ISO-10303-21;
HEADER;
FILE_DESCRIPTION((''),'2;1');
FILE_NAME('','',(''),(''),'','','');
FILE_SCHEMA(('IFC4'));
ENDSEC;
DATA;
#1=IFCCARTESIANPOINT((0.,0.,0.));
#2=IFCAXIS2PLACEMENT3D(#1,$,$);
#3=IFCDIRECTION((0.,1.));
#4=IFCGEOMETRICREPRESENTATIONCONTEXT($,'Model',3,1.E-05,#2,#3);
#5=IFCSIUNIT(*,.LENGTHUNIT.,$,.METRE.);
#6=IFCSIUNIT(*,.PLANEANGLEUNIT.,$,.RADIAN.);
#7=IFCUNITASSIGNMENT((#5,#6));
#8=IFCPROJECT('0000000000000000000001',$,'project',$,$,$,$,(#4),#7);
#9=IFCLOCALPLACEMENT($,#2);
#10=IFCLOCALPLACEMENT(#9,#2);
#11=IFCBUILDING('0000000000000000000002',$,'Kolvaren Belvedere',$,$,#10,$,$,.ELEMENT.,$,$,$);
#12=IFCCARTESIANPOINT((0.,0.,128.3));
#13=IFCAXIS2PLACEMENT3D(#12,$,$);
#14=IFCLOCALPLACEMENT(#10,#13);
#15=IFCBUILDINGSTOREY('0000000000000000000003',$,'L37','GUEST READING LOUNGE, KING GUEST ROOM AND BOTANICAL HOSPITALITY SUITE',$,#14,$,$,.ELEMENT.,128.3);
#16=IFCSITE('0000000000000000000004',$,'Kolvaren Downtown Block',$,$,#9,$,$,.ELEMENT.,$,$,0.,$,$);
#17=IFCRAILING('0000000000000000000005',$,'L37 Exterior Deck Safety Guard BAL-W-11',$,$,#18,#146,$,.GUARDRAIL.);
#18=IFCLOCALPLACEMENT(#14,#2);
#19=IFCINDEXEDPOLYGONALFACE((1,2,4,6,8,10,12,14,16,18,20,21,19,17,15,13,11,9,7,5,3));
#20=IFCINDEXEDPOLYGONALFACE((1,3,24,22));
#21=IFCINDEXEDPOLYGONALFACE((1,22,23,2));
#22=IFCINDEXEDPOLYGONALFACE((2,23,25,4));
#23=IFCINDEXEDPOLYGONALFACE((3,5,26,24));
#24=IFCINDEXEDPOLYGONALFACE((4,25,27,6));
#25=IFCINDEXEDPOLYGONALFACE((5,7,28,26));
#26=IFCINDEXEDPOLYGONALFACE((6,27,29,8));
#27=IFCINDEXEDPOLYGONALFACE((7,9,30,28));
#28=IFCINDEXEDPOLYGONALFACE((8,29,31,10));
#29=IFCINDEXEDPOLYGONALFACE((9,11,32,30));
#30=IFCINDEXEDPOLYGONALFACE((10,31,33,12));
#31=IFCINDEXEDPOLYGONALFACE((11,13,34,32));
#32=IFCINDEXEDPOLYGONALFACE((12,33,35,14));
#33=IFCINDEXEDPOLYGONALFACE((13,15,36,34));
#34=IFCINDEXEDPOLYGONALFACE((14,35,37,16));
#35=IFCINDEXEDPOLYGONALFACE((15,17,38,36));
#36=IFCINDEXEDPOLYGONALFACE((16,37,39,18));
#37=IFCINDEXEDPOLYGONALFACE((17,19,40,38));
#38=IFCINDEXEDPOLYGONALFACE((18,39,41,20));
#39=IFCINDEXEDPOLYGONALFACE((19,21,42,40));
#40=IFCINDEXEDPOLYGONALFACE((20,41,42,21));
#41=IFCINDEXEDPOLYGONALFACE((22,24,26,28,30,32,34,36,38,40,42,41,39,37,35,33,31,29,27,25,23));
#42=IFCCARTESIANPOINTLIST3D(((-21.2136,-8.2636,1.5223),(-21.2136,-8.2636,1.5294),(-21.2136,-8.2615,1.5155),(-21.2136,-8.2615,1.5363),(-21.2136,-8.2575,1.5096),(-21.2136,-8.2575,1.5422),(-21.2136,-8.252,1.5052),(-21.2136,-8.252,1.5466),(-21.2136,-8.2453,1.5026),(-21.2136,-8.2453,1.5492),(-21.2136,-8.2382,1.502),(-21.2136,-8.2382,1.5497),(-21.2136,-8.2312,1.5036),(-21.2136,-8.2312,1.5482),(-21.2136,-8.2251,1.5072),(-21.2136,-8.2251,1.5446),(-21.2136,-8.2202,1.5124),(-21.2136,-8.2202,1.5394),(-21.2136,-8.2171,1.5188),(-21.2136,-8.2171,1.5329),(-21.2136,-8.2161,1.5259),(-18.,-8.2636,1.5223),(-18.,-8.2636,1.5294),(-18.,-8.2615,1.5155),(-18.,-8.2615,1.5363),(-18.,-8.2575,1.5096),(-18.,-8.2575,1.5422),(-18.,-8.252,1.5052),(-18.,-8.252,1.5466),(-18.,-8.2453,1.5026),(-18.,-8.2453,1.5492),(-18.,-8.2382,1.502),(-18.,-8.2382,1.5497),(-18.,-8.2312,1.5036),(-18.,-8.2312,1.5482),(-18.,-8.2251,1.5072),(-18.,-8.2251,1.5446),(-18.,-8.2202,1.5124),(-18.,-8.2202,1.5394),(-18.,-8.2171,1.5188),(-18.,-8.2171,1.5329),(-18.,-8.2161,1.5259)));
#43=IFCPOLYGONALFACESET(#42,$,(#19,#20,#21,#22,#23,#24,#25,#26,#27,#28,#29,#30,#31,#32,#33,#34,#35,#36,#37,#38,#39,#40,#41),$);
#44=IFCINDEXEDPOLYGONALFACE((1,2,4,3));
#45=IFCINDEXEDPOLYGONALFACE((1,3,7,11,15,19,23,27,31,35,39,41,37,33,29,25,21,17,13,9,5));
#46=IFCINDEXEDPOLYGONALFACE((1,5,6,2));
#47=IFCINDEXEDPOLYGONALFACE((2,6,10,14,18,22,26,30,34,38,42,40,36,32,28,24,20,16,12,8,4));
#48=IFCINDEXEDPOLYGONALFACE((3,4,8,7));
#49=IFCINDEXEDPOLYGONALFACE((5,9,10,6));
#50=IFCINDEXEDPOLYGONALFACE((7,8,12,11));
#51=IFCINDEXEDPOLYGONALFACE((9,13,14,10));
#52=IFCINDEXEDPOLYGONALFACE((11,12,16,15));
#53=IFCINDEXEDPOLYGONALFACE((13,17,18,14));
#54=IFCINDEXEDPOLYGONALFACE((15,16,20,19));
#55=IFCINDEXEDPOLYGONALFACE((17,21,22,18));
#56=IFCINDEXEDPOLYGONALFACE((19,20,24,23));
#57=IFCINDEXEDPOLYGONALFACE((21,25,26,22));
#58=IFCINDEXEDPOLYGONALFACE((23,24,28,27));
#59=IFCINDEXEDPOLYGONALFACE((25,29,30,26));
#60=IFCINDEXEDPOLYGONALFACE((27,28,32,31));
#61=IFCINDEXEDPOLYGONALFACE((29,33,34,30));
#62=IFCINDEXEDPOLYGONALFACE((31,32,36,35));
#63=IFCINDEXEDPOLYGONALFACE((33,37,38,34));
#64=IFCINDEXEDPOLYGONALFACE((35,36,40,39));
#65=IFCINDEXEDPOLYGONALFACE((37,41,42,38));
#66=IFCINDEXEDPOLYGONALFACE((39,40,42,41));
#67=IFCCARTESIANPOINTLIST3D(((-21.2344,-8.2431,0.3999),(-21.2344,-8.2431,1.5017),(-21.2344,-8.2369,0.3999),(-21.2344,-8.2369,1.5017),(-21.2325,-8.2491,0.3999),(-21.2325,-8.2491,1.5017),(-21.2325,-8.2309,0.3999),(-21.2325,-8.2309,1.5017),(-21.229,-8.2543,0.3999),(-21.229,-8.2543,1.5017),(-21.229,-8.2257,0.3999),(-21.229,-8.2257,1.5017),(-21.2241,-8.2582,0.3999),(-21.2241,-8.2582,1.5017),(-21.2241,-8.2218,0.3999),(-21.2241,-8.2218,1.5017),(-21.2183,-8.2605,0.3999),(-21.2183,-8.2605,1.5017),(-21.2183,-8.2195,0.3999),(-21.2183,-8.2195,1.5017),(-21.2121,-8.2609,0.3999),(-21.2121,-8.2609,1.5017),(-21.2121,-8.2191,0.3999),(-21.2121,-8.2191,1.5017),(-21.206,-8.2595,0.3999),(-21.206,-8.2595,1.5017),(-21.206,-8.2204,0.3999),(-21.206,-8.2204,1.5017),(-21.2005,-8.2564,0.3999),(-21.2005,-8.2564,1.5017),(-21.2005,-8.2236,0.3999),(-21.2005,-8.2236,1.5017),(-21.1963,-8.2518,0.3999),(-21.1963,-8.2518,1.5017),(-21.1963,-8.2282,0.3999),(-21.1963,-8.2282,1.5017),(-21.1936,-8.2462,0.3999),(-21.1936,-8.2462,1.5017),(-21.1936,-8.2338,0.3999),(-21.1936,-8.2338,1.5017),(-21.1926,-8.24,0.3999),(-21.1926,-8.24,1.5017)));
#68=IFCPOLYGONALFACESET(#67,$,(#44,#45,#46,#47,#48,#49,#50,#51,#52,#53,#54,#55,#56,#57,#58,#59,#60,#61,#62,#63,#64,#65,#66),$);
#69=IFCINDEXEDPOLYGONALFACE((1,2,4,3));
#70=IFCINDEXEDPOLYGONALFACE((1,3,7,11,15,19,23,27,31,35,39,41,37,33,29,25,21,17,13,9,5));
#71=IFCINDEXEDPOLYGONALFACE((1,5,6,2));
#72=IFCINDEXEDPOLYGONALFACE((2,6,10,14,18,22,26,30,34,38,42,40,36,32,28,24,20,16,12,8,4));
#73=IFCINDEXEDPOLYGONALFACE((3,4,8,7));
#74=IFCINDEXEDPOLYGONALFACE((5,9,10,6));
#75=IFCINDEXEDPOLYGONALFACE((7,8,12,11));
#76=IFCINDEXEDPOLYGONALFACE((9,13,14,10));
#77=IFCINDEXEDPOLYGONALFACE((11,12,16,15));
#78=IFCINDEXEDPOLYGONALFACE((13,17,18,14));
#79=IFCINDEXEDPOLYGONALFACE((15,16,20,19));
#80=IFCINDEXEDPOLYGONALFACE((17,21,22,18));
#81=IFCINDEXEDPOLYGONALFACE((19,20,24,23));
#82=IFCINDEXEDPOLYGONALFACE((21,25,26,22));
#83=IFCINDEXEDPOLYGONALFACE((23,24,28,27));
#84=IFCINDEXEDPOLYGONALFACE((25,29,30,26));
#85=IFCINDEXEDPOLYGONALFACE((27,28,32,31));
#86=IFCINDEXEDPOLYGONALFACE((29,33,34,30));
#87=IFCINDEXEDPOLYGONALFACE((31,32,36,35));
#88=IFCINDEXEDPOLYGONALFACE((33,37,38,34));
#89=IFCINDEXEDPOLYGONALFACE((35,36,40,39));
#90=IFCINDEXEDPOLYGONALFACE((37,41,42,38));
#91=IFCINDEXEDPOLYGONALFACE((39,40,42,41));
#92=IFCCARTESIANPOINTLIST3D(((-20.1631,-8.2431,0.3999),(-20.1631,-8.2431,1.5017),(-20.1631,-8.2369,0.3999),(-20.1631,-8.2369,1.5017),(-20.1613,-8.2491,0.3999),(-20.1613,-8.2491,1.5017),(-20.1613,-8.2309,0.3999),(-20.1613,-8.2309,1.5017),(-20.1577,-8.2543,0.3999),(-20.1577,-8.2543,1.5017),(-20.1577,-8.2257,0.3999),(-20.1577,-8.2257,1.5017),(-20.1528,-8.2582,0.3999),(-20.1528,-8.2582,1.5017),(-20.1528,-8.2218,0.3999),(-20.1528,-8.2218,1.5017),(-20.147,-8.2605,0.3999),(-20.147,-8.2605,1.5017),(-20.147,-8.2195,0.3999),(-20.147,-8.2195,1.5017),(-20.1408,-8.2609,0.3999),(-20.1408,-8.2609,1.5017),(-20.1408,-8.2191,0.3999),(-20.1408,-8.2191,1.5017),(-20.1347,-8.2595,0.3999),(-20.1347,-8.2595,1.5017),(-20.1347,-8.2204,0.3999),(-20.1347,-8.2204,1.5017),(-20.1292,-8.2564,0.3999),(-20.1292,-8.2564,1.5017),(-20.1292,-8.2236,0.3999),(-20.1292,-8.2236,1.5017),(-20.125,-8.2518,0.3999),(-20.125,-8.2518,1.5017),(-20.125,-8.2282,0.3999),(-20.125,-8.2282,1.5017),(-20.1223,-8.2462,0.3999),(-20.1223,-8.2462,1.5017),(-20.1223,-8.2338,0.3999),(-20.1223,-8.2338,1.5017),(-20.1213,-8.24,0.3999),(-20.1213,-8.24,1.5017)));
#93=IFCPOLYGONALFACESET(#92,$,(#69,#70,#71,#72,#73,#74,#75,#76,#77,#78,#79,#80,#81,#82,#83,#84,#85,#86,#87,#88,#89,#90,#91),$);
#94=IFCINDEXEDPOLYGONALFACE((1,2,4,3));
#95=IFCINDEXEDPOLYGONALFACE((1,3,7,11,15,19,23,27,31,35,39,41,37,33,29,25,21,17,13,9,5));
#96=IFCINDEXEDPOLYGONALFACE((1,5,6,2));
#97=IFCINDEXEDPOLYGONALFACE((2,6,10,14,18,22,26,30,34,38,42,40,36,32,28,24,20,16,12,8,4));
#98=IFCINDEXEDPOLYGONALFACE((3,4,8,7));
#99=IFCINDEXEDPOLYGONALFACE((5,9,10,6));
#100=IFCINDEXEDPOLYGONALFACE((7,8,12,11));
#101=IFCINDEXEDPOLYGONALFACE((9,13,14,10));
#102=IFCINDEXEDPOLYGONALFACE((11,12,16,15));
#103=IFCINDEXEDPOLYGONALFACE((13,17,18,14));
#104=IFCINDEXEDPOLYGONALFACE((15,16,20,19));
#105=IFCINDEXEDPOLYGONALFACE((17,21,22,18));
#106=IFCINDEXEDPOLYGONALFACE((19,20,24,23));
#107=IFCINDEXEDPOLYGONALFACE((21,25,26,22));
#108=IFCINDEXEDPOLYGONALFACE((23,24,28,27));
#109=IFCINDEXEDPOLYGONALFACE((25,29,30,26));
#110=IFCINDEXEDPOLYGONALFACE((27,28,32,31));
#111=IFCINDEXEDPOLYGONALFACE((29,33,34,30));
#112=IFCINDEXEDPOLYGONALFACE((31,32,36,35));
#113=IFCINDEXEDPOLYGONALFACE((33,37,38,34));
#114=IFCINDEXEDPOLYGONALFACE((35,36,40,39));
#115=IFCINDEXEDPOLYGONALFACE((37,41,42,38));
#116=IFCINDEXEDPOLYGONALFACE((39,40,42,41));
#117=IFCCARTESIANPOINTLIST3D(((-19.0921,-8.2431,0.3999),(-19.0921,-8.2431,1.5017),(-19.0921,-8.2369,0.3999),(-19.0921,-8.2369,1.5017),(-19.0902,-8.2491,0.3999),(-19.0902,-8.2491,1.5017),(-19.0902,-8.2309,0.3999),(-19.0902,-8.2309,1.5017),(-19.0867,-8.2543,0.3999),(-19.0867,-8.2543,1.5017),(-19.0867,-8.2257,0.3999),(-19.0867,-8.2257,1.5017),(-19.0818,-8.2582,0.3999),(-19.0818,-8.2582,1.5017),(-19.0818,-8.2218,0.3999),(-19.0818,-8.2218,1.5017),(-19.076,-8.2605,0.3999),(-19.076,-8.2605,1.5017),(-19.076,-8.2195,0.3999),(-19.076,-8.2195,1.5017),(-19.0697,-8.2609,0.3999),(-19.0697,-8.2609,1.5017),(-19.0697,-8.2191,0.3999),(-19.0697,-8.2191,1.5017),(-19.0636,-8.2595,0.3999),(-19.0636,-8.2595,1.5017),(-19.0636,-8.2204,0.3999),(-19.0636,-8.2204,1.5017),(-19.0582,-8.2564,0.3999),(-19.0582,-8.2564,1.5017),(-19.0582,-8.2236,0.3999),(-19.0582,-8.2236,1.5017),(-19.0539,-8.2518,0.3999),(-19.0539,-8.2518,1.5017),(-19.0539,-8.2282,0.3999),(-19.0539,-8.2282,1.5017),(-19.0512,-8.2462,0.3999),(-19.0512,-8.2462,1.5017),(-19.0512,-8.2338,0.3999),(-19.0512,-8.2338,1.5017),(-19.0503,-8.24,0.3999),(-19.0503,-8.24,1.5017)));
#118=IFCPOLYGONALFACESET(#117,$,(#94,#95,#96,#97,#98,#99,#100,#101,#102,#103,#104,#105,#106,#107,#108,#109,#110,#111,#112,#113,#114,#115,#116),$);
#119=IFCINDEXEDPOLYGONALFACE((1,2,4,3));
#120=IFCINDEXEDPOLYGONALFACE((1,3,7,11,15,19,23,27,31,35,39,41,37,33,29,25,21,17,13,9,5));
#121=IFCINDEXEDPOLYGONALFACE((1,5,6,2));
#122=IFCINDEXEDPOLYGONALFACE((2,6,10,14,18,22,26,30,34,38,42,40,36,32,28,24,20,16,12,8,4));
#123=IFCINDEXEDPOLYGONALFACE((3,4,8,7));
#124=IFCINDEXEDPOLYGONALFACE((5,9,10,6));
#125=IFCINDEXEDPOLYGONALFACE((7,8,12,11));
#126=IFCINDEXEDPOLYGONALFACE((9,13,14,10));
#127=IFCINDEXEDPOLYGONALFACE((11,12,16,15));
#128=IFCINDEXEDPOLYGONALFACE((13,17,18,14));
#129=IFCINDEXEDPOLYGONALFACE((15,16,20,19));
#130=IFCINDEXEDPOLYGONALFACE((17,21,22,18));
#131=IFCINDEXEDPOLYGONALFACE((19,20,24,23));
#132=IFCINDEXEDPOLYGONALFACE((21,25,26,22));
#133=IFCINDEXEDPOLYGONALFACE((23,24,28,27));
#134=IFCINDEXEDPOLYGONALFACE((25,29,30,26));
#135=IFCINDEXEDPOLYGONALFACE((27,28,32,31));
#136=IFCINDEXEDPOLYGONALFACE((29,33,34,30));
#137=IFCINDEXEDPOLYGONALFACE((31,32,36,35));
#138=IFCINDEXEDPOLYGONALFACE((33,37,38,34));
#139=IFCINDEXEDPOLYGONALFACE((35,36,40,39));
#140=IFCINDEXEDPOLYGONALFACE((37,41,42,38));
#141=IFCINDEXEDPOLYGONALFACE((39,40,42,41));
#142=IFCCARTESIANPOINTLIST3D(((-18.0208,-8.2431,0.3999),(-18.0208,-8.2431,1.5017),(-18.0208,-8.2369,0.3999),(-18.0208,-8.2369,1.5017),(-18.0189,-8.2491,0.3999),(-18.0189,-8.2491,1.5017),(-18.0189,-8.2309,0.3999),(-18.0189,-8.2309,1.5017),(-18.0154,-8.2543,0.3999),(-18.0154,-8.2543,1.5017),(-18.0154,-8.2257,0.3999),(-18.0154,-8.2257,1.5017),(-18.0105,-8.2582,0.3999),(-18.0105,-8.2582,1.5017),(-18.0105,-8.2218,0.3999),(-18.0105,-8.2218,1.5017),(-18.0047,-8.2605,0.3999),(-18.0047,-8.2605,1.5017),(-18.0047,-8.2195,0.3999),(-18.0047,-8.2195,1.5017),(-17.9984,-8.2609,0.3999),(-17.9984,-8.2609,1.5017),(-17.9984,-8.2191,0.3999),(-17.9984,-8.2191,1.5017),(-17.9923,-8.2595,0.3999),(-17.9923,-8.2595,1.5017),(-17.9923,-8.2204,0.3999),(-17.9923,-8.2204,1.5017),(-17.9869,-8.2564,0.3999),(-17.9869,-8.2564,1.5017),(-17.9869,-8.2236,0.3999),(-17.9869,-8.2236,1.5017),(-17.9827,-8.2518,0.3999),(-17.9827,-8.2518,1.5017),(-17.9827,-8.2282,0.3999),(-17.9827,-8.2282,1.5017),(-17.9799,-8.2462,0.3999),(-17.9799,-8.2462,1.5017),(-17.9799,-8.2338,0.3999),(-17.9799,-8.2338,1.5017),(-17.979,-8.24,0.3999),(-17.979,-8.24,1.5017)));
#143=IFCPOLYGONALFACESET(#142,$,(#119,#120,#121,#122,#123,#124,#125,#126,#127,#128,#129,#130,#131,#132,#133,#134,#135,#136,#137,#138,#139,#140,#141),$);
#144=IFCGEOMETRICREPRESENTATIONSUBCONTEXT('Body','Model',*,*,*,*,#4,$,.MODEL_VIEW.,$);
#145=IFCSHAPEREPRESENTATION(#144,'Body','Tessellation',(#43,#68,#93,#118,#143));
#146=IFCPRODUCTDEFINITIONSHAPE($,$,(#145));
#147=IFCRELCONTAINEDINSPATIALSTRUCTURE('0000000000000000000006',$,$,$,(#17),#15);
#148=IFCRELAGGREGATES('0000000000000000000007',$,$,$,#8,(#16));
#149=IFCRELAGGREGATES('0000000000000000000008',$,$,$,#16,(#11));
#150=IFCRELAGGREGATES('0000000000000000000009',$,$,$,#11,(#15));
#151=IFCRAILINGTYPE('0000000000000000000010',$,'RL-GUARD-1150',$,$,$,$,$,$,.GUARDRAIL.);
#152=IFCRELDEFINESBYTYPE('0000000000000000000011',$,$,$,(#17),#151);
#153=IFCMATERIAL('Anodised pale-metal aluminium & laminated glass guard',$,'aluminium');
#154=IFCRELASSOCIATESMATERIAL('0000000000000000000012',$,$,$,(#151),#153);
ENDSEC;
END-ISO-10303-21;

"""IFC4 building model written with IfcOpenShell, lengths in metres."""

from ifc_helpers import new_model, si_unit, direction, frame, origin, origin_2d, place, context, subcontext, project, spatial, circle, extrude, material, type_object, element, save


model = new_model("IFC4")

# Units and contexts
model_context = context("Model", 3, precision=1e-05, world=origin(), true_north=direction((0.0, 1.0)))
body_context = subcontext(model_context, "Body", "Model", "MODEL_VIEW")
ifc_project = project(units=[si_unit("LENGTHUNIT", "METRE"), si_unit("PLANEANGLEUNIT", "RADIAN")], contexts=[model_context])

# Site, building, storey
site_placement = place(None, origin())
site = spatial("IfcSite", under=ifc_project, at=site_placement, Name="Kolvaren Downtown Block", CompositionType="ELEMENT", RefElevation=0.0)
building_placement = place(site_placement, origin())
building = spatial("IfcBuilding", under=site, at=building_placement, Name="Kolvaren Belvedere", CompositionType="ELEMENT")
storey_placement = place(building_placement, frame((0.0, 0.0, 128.3)))
storey = spatial("IfcBuildingStorey", under=building, at=storey_placement, Name="L37", Description="GUEST READING LOUNGE, KING GUEST ROOM AND BOTANICAL HOSPITALITY SUITE", CompositionType="ELEMENT", Elevation=128.3)

# Railing
ifc_material_1 = material(Name="Anodised pale-metal aluminium & laminated glass guard", Category="aluminium")
railing_type = type_object("IfcRailingType", Name="RL-GUARD-1150", PredefinedType="GUARDRAIL", material=ifc_material_1)
railing_1_placement = place(storey_placement, frame((-21.2136, -8.24, 0.3999)))
element("IfcRailing", 1, at=railing_1_placement, inside=storey, type_object=railing_type, Name="L37 Exterior Deck Safety Guard BAL-W-11", PredefinedType="GUARDRAIL", context=body_context, shape_type="SweptSolid", body=[
    extrude(circle(Radius=0.0239, at=origin_2d()), frame((0.0, 0.0, 1.126), z_axis=(1.0, 0.0, 0.0), x_axis=(0.0, 1.0, 0.0)), (0.0, 0.0, 1.0), 3.2136),
    extrude(circle(Radius=0.021, at=origin_2d()), origin(), (0.0, 0.0, 1.0), 1.1018),
    extrude(circle(Radius=0.021, at=origin_2d()), frame((1.0713, 0.0, 0.0)), (0.0, 0.0, 1.0), 1.1018),
    extrude(circle(Radius=0.021, at=origin_2d()), frame((2.1423, 0.0, 0.0)), (0.0, 0.0, 1.0), 1.1018),
    extrude(circle(Radius=0.021, at=origin_2d()), frame((3.2136, 0.0, 0.0)), (0.0, 0.0, 1.0), 1.1018),
])

save(model, "model.ifc")
